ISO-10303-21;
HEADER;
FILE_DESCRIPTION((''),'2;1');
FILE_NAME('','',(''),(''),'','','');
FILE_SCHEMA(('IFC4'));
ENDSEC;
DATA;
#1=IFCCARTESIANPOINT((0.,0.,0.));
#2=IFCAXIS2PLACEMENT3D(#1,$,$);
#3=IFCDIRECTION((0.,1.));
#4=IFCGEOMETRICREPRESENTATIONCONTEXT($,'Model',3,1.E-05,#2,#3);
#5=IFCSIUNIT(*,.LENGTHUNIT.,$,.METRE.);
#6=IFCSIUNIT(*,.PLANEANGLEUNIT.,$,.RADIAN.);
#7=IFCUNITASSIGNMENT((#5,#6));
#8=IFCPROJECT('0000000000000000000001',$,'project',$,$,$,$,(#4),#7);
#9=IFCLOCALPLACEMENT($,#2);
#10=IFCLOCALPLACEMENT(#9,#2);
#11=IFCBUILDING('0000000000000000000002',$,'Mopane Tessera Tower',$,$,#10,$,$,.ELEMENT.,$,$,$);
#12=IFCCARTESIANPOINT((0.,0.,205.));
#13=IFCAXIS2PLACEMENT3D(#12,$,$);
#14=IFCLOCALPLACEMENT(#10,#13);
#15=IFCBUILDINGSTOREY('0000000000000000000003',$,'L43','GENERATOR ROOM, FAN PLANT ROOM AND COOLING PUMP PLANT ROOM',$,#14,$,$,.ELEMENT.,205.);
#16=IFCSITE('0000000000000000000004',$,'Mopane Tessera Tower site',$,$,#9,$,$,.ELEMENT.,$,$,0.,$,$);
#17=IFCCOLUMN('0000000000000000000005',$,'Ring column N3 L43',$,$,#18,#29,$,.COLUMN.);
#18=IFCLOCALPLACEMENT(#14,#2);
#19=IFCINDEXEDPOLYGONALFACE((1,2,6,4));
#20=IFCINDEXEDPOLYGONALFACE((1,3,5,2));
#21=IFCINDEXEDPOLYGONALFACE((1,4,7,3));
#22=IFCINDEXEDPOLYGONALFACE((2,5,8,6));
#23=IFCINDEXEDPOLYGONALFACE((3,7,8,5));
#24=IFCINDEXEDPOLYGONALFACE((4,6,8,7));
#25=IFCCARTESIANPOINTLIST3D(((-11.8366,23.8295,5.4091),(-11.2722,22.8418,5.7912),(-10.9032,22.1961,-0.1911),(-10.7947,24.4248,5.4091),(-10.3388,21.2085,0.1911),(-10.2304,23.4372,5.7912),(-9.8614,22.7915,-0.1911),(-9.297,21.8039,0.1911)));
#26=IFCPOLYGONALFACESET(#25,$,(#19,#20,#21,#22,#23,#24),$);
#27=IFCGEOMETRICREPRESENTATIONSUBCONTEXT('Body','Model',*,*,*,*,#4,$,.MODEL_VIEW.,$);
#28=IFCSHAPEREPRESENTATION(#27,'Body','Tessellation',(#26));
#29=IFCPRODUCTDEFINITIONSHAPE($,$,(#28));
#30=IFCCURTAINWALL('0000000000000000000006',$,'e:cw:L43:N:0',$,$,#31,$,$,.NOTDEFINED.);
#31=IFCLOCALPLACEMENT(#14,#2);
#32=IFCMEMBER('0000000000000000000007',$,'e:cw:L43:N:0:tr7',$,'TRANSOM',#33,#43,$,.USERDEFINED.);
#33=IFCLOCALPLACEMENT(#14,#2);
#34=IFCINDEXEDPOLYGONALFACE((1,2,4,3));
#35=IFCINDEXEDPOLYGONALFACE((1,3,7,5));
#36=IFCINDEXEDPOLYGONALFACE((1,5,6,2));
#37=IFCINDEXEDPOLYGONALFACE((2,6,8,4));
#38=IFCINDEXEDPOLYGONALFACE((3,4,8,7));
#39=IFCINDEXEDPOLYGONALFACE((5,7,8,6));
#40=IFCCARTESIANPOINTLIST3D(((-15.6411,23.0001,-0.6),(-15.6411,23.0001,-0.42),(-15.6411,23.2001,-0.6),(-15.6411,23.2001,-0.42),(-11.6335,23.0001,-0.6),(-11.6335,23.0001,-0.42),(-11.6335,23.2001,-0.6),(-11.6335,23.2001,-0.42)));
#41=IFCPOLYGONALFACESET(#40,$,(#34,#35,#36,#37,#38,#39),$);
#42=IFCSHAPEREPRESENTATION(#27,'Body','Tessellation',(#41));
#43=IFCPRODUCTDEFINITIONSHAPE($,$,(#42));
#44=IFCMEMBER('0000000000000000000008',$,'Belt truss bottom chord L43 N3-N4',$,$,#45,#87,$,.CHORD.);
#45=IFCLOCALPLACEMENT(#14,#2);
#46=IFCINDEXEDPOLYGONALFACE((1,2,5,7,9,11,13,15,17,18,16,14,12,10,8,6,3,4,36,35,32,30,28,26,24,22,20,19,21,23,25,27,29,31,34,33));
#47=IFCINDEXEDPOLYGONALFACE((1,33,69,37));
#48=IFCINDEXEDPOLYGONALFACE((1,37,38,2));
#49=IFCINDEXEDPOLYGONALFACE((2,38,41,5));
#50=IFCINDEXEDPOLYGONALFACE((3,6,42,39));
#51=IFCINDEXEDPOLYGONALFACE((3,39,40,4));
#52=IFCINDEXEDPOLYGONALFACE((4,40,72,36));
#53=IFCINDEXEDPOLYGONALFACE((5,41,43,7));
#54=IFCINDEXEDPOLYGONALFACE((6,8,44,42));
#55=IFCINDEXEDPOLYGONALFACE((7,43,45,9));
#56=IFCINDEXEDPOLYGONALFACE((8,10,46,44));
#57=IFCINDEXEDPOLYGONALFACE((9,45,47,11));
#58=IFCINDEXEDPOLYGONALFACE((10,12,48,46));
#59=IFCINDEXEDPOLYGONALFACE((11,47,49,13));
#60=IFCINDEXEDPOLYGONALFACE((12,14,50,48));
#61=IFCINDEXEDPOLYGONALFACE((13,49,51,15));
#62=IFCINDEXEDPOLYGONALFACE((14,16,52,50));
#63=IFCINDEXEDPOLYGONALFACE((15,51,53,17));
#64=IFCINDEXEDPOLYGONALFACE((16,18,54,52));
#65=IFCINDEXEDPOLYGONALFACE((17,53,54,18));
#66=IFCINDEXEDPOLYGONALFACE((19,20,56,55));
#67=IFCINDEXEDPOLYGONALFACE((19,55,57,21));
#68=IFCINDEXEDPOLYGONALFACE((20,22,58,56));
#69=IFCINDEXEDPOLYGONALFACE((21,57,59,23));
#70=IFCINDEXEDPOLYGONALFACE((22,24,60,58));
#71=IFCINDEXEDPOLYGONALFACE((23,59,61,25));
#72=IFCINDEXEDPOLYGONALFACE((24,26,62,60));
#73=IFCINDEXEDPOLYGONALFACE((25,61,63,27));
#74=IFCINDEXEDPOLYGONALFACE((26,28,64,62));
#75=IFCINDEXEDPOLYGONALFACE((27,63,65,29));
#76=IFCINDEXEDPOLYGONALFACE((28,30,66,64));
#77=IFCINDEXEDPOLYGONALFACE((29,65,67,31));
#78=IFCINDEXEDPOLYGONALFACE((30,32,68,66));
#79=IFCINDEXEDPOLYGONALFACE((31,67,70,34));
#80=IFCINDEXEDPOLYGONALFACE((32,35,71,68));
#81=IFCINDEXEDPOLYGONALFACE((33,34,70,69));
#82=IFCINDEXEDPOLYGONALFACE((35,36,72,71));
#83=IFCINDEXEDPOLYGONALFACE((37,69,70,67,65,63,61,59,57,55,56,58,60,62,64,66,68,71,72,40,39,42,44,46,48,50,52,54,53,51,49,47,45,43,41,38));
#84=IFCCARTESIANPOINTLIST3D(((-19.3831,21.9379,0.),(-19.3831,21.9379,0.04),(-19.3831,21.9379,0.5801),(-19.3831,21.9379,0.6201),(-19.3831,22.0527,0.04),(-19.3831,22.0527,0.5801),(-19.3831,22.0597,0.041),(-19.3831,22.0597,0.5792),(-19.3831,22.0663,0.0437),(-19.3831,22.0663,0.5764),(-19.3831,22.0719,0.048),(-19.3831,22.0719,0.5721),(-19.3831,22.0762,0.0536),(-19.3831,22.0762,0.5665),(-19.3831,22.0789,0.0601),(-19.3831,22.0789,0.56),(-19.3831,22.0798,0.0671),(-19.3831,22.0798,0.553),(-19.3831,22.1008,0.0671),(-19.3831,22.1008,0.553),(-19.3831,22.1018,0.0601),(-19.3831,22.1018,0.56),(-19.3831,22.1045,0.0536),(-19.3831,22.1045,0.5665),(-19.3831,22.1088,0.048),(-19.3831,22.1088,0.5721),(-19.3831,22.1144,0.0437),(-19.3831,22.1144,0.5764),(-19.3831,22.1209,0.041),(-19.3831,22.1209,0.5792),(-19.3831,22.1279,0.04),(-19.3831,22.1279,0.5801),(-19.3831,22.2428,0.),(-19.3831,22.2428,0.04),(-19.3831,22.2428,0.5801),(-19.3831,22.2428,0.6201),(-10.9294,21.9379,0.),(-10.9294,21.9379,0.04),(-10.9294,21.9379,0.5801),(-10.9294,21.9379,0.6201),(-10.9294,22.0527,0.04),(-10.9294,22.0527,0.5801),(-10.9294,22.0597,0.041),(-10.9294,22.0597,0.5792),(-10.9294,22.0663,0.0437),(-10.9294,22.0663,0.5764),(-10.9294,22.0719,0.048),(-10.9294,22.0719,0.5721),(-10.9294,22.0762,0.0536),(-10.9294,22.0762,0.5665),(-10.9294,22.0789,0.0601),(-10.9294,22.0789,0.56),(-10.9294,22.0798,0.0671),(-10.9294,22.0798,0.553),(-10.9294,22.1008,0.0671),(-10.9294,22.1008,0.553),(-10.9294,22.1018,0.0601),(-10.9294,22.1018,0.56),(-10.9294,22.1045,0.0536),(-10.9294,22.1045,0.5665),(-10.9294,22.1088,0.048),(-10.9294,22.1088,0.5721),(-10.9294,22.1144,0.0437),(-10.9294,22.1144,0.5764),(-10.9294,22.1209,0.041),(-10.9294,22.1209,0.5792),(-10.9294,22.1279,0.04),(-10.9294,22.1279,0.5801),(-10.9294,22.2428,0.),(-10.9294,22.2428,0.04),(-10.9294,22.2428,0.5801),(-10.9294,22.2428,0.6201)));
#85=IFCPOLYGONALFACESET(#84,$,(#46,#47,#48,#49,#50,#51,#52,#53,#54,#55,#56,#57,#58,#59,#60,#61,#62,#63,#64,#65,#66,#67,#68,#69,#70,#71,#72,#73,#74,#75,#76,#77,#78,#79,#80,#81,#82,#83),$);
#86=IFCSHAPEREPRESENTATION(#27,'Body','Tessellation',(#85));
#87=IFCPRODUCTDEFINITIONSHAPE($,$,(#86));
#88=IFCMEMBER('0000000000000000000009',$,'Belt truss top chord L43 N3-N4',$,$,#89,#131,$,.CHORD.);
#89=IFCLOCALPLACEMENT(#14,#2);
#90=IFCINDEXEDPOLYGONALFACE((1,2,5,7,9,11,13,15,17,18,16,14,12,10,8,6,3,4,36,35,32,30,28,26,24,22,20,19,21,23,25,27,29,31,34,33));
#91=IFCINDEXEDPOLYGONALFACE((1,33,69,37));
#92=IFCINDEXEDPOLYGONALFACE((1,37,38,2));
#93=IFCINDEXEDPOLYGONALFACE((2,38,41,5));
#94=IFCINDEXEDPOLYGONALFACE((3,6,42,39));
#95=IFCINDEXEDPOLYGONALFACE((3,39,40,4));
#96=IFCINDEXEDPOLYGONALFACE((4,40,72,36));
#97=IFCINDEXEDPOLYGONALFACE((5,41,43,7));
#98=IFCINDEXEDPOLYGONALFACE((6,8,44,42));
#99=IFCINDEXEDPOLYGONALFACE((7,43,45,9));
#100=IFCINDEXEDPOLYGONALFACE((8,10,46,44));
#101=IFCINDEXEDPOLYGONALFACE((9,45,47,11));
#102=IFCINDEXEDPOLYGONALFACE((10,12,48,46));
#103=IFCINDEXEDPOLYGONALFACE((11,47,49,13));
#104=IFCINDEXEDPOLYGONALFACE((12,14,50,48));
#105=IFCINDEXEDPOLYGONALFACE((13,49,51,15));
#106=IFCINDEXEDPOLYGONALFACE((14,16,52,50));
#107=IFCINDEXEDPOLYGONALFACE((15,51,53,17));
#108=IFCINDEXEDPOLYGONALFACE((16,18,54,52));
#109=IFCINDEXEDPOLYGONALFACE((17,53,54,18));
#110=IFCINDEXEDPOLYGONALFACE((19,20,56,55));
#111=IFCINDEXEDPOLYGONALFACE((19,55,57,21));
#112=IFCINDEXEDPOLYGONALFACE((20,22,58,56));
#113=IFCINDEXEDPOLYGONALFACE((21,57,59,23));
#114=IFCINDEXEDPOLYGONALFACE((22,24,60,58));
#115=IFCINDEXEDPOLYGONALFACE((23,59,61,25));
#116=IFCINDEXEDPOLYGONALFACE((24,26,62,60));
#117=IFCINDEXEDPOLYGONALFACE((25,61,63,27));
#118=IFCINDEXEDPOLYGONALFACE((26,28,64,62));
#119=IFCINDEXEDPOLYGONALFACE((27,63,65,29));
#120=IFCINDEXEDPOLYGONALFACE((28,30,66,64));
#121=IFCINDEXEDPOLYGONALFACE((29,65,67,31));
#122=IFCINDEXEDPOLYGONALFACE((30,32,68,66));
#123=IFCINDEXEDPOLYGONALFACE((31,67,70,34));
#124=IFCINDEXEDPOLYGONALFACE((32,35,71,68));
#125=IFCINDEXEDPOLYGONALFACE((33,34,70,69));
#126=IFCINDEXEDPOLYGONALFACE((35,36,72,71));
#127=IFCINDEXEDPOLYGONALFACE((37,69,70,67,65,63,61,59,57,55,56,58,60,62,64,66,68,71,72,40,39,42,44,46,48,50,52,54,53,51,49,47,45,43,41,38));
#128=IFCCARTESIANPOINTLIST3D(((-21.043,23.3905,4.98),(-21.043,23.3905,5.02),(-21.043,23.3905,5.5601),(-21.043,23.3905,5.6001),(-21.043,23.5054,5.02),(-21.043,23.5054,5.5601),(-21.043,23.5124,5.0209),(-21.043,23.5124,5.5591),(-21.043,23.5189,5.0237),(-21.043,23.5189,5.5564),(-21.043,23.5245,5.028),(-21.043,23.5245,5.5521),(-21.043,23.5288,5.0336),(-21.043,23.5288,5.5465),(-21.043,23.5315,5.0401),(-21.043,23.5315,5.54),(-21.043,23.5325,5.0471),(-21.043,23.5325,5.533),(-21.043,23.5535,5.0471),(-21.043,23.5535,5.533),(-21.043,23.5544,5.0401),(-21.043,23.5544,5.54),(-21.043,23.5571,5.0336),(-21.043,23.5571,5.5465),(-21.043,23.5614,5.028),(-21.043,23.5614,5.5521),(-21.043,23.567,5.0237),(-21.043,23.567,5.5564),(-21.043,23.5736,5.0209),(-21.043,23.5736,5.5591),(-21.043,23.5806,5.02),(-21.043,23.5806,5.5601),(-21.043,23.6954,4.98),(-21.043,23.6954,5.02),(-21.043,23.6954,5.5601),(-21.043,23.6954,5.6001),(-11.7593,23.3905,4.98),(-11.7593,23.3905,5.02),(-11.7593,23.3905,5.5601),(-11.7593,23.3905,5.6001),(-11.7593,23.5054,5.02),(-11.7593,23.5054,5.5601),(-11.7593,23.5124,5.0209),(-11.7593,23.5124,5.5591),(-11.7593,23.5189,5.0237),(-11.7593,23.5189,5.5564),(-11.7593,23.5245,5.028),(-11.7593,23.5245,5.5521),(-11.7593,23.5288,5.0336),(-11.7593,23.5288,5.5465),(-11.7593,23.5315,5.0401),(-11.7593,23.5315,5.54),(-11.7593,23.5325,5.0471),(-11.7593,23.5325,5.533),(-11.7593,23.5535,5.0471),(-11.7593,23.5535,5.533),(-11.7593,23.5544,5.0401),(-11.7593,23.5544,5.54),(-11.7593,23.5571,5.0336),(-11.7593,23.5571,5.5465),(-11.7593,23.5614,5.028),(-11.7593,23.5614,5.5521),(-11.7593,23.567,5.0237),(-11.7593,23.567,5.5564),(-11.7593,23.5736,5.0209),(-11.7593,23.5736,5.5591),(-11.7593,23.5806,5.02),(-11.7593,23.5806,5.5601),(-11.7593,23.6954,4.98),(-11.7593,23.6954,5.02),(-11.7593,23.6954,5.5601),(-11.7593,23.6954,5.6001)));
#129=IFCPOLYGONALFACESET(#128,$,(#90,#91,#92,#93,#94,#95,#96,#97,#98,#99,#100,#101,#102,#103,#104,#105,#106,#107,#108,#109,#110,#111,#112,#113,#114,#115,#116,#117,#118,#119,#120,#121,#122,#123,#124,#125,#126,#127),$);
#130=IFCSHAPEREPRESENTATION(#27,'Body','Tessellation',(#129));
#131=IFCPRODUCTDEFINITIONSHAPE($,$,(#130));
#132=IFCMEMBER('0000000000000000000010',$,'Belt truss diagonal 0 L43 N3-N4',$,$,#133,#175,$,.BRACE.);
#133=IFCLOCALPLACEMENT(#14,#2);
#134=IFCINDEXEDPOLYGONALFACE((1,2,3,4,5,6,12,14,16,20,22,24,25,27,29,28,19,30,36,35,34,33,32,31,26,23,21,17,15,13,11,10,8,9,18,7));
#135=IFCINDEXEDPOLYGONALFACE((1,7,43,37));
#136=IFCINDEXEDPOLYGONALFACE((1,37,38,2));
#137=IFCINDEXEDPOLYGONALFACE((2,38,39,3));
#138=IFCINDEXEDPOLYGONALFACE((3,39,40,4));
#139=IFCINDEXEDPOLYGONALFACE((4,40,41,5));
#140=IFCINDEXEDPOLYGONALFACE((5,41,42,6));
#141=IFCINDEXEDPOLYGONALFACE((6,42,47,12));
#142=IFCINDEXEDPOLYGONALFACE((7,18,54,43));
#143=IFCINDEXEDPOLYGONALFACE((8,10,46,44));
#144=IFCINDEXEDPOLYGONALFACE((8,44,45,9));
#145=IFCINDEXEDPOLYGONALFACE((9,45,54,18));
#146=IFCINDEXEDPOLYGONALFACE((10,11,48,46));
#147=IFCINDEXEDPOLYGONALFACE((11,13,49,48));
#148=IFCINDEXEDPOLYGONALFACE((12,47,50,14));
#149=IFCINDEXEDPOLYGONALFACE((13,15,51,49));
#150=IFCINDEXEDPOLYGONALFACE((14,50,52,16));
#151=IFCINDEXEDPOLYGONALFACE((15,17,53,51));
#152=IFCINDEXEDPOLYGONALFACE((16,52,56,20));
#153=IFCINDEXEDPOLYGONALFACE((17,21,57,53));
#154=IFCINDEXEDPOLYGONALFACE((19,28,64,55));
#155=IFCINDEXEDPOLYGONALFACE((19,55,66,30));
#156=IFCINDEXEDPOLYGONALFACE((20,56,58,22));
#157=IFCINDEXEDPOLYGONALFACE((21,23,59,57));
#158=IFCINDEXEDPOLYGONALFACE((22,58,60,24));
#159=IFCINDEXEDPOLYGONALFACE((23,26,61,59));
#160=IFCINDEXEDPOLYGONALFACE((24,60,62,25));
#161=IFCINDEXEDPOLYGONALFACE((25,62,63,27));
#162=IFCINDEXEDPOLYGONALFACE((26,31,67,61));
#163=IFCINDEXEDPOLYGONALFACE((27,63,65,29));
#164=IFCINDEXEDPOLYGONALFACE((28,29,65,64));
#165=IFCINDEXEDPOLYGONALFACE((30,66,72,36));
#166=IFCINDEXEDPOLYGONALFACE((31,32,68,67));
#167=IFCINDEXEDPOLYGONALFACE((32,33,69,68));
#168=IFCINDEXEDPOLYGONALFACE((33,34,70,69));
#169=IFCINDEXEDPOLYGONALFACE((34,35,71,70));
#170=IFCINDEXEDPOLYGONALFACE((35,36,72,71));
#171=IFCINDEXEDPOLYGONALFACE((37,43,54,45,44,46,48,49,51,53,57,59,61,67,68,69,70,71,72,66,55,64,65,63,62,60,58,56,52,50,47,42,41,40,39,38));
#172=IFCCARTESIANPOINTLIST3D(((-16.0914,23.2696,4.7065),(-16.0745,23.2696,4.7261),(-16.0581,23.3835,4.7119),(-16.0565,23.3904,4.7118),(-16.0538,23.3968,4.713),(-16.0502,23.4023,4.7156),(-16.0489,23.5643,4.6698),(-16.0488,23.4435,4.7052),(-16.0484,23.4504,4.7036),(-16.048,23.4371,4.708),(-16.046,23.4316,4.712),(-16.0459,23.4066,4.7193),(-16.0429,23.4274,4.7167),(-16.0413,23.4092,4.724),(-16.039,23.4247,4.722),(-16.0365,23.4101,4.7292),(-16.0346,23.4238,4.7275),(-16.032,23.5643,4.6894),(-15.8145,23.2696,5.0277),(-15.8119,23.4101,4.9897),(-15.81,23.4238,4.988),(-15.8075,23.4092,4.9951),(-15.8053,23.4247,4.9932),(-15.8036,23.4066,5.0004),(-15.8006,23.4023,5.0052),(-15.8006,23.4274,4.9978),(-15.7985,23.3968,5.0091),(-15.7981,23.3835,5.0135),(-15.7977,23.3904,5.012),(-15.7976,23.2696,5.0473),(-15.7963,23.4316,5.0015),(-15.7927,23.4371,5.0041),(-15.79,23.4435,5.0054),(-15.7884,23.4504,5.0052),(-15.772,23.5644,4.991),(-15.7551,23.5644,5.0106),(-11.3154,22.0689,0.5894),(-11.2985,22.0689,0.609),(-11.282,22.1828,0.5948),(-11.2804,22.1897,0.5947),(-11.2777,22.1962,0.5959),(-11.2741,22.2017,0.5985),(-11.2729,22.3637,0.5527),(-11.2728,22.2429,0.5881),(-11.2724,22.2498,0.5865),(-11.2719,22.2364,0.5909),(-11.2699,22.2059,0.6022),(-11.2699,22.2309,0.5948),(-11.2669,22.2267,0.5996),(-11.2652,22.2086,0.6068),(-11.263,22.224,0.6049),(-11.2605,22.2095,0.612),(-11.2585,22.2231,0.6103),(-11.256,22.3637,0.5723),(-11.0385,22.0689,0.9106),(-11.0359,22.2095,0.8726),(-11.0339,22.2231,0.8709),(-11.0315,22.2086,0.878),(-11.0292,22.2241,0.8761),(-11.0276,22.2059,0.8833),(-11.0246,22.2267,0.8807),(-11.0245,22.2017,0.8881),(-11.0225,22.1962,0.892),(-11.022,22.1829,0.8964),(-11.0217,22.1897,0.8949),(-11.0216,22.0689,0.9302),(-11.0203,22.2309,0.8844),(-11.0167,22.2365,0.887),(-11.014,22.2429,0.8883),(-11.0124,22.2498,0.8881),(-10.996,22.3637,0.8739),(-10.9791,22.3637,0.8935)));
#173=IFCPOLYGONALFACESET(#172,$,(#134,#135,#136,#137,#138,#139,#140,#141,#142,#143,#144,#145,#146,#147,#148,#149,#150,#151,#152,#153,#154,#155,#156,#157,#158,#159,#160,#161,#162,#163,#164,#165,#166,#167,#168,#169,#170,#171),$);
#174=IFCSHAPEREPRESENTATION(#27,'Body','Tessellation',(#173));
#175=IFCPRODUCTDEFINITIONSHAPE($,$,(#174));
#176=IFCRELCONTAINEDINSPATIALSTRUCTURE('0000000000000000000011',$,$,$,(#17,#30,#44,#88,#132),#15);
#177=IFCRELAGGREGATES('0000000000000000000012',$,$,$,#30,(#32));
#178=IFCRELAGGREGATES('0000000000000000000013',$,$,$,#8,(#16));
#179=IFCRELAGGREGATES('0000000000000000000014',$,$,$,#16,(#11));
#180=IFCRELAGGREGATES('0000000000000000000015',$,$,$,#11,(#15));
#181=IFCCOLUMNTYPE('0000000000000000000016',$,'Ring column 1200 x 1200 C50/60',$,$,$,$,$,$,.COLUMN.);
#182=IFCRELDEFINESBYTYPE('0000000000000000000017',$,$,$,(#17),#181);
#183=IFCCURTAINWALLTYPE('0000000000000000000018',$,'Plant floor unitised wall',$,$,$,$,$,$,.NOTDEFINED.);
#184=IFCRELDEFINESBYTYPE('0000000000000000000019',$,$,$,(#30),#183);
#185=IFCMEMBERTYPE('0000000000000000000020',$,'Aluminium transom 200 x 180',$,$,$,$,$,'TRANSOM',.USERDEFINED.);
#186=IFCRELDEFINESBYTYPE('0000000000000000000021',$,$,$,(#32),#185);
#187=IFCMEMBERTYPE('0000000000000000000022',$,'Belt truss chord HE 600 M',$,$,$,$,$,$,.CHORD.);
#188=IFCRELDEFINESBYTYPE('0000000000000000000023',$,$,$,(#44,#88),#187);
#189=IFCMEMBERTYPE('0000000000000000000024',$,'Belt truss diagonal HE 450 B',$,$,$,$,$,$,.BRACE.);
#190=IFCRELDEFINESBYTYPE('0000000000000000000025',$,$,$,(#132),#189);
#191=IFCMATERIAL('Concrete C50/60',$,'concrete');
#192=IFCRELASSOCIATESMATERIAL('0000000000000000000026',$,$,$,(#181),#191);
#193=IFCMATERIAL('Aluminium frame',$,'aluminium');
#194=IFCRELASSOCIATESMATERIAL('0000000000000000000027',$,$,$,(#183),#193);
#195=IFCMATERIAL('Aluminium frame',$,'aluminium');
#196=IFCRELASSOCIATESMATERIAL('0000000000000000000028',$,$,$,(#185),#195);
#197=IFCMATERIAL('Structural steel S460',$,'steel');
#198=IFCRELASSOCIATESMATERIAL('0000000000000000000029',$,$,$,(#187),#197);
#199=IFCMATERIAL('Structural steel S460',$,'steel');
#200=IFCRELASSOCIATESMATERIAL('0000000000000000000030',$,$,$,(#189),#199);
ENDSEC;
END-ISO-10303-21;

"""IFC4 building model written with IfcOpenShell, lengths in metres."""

from ifc_helpers import new_model, si_unit, direction, frame, origin, origin_2d, place, context, subcontext, project, spatial, rectangle, i_section, extrude, material, material_profile, profile_set, type_object, element, aggregate, save


model = new_model("IFC4")

# Units and contexts
model_context = context("Model", 3, precision=1e-05, world=origin(), true_north=direction((0.0, 1.0)))
body_context = subcontext(model_context, "Body", "Model", "MODEL_VIEW")
ifc_project = project(units=[si_unit("LENGTHUNIT", "METRE"), si_unit("PLANEANGLEUNIT", "RADIAN")], contexts=[model_context])

# Site, building, storey
site_placement = place(None, origin())
site = spatial("IfcSite", under=ifc_project, at=site_placement, Name="Mopane Tessera Tower site", CompositionType="ELEMENT", RefElevation=0.0)
building_placement = place(site_placement, origin())
building = spatial("IfcBuilding", under=site, at=building_placement, Name="Mopane Tessera Tower", CompositionType="ELEMENT")
storey_placement = place(building_placement, frame((0.0, 0.0, 205.0)))
storey = spatial("IfcBuildingStorey", under=building, at=storey_placement, Name="L43", Description="GENERATOR ROOM, FAN PLANT ROOM AND COOLING PUMP PLANT ROOM", CompositionType="ELEMENT", Elevation=205.0)

# Column
ifc_material_1 = material(Name="Concrete C50/60", Category="concrete")
ifc_material_profile_1 = material_profile(ifc_material_1, rectangle(XDim=1.2, YDim=1.2, at=origin_2d()))
ifc_profile_set_1 = profile_set([ifc_material_profile_1], Name="Concrete C50/60")
column_type = type_object("IfcColumnType", Name="Ring column 1200 x 1200 C50/60", PredefinedType="COLUMN", material=ifc_profile_set_1)
column_placement = place(storey_placement, frame((-10.1001, 22.0, 0.0), z_axis=(-0.157991, 0.276474, 0.947946), x_axis=(-0.868235, -0.496153, 0.0)))
element("IfcColumn", 1, at=column_placement, inside=storey, type_object=column_type, Name="Ring column N3 L43", PredefinedType="COLUMN", context=body_context, shape_type="SweptSolid", body=[
    extrude(rectangle(XDim=1.2, YDim=1.2, at=origin_2d()), origin(), (0.0, 0.0, 1.0), 5.9077),
])

# Curtain wall, member
ifc_material_2 = material(Name="Aluminium frame", Category="aluminium")
curtain_wall_type = type_object("IfcCurtainWallType", Name="Plant floor unitised wall", PredefinedType="NOTDEFINED", material=ifc_material_2)
curtain_wall_placement = place(storey_placement, origin())
curtain_wall = element("IfcCurtainWall", 2, at=curtain_wall_placement, inside=storey, type_object=curtain_wall_type, Name="e:cw:L43:N:0", PredefinedType="NOTDEFINED")
ifc_material_3 = material(Name="Aluminium frame", Category="aluminium")
ifc_material_profile_2 = material_profile(ifc_material_3, rectangle(XDim=0.2, YDim=0.1799, at=origin_2d()))
ifc_profile_set_2 = profile_set([ifc_material_profile_2], Name="Aluminium frame")
member_type_1 = type_object("IfcMemberType", Name="Aluminium transom 200 x 180", ElementType="TRANSOM", PredefinedType="USERDEFINED", material=ifc_profile_set_2)
member_1_placement = place(storey_placement, frame((-11.6335, 23.1001, -0.51), z_axis=(-1.0, 0.0, 0.0), x_axis=(0.0, -1.0, 0.0)))
member_1 = element("IfcMember", 3, at=member_1_placement, type_object=member_type_1, Name="e:cw:L43:N:0:tr7", ObjectType="TRANSOM", PredefinedType="USERDEFINED", context=body_context, shape_type="SweptSolid", body=[
    extrude(rectangle(XDim=0.2, YDim=0.1799, at=origin_2d()), origin(), (0.0, 0.0, 1.0), 4.0076),
])

# Members
ifc_material_4 = material(Name="Structural steel S460", Category="steel")
ifc_material_profile_3 = material_profile(ifc_material_4, i_section(OverallWidth=0.3049, OverallDepth=0.6201, WebThickness=0.021, FlangeThickness=0.04, FilletRadius=0.0271, at=origin_2d()))
ifc_profile_set_3 = profile_set([ifc_material_profile_3], Name="Structural steel S460")
member_type_2 = type_object("IfcMemberType", Name="Belt truss chord HE 600 M", PredefinedType="CHORD", material=ifc_profile_set_3)
member_2_placement = place(storey_placement, frame((-10.9294, 22.0903, 0.3101), z_axis=(-1.0, 0.0, 0.0), x_axis=(0.0, -1.0, 0.0)))
element("IfcMember", 4, at=member_2_placement, inside=storey, type_object=member_type_2, Name="Belt truss bottom chord L43 N3-N4", PredefinedType="CHORD", context=body_context, shape_type="SweptSolid", body=[
    extrude(i_section(OverallWidth=0.3049, OverallDepth=0.6201, WebThickness=0.021, FlangeThickness=0.04, FilletRadius=0.0271, at=origin_2d()), origin(), (0.0, 0.0, 1.0), 8.4536),
])
member_3_placement = place(storey_placement, frame((-11.7593, 23.543, 5.29), z_axis=(-1.0, 0.0, 0.0), x_axis=(0.0, -1.0, 0.0)))
element("IfcMember", 5, at=member_3_placement, inside=storey, type_object=member_type_2, Name="Belt truss top chord L43 N3-N4", PredefinedType="CHORD", context=body_context, shape_type="SweptSolid", body=[
    extrude(i_section(OverallWidth=0.3049, OverallDepth=0.6201, WebThickness=0.021, FlangeThickness=0.04, FilletRadius=0.0271, at=origin_2d()), origin(), (0.0, 0.0, 1.0), 9.2837),
])
ifc_material_5 = material(Name="Structural steel S460", Category="steel")
ifc_material_profile_4 = material_profile(ifc_material_5, i_section(OverallWidth=0.3, OverallDepth=0.45, WebThickness=0.0139, FlangeThickness=0.0259, FilletRadius=0.0271, at=origin_2d()))
ifc_profile_set_4 = profile_set([ifc_material_profile_4], Name="Structural steel S460")
member_type_3 = type_object("IfcMemberType", Name="Belt truss diagonal HE 450 B", PredefinedType="BRACE", material=ifc_profile_set_4)
member_4_placement = place(storey_placement, frame((-11.1472, 22.2163, 0.7415), z_axis=(-0.744054, 0.18705, 0.641401), x_axis=(-0.141659, -0.98235, 0.122149)))
element("IfcMember", 6, at=member_4_placement, inside=storey, type_object=member_type_3, Name="Belt truss diagonal 0 L43 N3-N4", PredefinedType="BRACE", context=body_context, shape_type="SweptSolid", body=[
    extrude(i_section(OverallWidth=0.3, OverallDepth=0.45, WebThickness=0.0139, FlangeThickness=0.0259, FilletRadius=0.0271, at=origin_2d()), origin(), (0.0, 0.0, 1.0), 6.4189),
])

aggregate(curtain_wall, [member_1])

save(model, "model.ifc")
